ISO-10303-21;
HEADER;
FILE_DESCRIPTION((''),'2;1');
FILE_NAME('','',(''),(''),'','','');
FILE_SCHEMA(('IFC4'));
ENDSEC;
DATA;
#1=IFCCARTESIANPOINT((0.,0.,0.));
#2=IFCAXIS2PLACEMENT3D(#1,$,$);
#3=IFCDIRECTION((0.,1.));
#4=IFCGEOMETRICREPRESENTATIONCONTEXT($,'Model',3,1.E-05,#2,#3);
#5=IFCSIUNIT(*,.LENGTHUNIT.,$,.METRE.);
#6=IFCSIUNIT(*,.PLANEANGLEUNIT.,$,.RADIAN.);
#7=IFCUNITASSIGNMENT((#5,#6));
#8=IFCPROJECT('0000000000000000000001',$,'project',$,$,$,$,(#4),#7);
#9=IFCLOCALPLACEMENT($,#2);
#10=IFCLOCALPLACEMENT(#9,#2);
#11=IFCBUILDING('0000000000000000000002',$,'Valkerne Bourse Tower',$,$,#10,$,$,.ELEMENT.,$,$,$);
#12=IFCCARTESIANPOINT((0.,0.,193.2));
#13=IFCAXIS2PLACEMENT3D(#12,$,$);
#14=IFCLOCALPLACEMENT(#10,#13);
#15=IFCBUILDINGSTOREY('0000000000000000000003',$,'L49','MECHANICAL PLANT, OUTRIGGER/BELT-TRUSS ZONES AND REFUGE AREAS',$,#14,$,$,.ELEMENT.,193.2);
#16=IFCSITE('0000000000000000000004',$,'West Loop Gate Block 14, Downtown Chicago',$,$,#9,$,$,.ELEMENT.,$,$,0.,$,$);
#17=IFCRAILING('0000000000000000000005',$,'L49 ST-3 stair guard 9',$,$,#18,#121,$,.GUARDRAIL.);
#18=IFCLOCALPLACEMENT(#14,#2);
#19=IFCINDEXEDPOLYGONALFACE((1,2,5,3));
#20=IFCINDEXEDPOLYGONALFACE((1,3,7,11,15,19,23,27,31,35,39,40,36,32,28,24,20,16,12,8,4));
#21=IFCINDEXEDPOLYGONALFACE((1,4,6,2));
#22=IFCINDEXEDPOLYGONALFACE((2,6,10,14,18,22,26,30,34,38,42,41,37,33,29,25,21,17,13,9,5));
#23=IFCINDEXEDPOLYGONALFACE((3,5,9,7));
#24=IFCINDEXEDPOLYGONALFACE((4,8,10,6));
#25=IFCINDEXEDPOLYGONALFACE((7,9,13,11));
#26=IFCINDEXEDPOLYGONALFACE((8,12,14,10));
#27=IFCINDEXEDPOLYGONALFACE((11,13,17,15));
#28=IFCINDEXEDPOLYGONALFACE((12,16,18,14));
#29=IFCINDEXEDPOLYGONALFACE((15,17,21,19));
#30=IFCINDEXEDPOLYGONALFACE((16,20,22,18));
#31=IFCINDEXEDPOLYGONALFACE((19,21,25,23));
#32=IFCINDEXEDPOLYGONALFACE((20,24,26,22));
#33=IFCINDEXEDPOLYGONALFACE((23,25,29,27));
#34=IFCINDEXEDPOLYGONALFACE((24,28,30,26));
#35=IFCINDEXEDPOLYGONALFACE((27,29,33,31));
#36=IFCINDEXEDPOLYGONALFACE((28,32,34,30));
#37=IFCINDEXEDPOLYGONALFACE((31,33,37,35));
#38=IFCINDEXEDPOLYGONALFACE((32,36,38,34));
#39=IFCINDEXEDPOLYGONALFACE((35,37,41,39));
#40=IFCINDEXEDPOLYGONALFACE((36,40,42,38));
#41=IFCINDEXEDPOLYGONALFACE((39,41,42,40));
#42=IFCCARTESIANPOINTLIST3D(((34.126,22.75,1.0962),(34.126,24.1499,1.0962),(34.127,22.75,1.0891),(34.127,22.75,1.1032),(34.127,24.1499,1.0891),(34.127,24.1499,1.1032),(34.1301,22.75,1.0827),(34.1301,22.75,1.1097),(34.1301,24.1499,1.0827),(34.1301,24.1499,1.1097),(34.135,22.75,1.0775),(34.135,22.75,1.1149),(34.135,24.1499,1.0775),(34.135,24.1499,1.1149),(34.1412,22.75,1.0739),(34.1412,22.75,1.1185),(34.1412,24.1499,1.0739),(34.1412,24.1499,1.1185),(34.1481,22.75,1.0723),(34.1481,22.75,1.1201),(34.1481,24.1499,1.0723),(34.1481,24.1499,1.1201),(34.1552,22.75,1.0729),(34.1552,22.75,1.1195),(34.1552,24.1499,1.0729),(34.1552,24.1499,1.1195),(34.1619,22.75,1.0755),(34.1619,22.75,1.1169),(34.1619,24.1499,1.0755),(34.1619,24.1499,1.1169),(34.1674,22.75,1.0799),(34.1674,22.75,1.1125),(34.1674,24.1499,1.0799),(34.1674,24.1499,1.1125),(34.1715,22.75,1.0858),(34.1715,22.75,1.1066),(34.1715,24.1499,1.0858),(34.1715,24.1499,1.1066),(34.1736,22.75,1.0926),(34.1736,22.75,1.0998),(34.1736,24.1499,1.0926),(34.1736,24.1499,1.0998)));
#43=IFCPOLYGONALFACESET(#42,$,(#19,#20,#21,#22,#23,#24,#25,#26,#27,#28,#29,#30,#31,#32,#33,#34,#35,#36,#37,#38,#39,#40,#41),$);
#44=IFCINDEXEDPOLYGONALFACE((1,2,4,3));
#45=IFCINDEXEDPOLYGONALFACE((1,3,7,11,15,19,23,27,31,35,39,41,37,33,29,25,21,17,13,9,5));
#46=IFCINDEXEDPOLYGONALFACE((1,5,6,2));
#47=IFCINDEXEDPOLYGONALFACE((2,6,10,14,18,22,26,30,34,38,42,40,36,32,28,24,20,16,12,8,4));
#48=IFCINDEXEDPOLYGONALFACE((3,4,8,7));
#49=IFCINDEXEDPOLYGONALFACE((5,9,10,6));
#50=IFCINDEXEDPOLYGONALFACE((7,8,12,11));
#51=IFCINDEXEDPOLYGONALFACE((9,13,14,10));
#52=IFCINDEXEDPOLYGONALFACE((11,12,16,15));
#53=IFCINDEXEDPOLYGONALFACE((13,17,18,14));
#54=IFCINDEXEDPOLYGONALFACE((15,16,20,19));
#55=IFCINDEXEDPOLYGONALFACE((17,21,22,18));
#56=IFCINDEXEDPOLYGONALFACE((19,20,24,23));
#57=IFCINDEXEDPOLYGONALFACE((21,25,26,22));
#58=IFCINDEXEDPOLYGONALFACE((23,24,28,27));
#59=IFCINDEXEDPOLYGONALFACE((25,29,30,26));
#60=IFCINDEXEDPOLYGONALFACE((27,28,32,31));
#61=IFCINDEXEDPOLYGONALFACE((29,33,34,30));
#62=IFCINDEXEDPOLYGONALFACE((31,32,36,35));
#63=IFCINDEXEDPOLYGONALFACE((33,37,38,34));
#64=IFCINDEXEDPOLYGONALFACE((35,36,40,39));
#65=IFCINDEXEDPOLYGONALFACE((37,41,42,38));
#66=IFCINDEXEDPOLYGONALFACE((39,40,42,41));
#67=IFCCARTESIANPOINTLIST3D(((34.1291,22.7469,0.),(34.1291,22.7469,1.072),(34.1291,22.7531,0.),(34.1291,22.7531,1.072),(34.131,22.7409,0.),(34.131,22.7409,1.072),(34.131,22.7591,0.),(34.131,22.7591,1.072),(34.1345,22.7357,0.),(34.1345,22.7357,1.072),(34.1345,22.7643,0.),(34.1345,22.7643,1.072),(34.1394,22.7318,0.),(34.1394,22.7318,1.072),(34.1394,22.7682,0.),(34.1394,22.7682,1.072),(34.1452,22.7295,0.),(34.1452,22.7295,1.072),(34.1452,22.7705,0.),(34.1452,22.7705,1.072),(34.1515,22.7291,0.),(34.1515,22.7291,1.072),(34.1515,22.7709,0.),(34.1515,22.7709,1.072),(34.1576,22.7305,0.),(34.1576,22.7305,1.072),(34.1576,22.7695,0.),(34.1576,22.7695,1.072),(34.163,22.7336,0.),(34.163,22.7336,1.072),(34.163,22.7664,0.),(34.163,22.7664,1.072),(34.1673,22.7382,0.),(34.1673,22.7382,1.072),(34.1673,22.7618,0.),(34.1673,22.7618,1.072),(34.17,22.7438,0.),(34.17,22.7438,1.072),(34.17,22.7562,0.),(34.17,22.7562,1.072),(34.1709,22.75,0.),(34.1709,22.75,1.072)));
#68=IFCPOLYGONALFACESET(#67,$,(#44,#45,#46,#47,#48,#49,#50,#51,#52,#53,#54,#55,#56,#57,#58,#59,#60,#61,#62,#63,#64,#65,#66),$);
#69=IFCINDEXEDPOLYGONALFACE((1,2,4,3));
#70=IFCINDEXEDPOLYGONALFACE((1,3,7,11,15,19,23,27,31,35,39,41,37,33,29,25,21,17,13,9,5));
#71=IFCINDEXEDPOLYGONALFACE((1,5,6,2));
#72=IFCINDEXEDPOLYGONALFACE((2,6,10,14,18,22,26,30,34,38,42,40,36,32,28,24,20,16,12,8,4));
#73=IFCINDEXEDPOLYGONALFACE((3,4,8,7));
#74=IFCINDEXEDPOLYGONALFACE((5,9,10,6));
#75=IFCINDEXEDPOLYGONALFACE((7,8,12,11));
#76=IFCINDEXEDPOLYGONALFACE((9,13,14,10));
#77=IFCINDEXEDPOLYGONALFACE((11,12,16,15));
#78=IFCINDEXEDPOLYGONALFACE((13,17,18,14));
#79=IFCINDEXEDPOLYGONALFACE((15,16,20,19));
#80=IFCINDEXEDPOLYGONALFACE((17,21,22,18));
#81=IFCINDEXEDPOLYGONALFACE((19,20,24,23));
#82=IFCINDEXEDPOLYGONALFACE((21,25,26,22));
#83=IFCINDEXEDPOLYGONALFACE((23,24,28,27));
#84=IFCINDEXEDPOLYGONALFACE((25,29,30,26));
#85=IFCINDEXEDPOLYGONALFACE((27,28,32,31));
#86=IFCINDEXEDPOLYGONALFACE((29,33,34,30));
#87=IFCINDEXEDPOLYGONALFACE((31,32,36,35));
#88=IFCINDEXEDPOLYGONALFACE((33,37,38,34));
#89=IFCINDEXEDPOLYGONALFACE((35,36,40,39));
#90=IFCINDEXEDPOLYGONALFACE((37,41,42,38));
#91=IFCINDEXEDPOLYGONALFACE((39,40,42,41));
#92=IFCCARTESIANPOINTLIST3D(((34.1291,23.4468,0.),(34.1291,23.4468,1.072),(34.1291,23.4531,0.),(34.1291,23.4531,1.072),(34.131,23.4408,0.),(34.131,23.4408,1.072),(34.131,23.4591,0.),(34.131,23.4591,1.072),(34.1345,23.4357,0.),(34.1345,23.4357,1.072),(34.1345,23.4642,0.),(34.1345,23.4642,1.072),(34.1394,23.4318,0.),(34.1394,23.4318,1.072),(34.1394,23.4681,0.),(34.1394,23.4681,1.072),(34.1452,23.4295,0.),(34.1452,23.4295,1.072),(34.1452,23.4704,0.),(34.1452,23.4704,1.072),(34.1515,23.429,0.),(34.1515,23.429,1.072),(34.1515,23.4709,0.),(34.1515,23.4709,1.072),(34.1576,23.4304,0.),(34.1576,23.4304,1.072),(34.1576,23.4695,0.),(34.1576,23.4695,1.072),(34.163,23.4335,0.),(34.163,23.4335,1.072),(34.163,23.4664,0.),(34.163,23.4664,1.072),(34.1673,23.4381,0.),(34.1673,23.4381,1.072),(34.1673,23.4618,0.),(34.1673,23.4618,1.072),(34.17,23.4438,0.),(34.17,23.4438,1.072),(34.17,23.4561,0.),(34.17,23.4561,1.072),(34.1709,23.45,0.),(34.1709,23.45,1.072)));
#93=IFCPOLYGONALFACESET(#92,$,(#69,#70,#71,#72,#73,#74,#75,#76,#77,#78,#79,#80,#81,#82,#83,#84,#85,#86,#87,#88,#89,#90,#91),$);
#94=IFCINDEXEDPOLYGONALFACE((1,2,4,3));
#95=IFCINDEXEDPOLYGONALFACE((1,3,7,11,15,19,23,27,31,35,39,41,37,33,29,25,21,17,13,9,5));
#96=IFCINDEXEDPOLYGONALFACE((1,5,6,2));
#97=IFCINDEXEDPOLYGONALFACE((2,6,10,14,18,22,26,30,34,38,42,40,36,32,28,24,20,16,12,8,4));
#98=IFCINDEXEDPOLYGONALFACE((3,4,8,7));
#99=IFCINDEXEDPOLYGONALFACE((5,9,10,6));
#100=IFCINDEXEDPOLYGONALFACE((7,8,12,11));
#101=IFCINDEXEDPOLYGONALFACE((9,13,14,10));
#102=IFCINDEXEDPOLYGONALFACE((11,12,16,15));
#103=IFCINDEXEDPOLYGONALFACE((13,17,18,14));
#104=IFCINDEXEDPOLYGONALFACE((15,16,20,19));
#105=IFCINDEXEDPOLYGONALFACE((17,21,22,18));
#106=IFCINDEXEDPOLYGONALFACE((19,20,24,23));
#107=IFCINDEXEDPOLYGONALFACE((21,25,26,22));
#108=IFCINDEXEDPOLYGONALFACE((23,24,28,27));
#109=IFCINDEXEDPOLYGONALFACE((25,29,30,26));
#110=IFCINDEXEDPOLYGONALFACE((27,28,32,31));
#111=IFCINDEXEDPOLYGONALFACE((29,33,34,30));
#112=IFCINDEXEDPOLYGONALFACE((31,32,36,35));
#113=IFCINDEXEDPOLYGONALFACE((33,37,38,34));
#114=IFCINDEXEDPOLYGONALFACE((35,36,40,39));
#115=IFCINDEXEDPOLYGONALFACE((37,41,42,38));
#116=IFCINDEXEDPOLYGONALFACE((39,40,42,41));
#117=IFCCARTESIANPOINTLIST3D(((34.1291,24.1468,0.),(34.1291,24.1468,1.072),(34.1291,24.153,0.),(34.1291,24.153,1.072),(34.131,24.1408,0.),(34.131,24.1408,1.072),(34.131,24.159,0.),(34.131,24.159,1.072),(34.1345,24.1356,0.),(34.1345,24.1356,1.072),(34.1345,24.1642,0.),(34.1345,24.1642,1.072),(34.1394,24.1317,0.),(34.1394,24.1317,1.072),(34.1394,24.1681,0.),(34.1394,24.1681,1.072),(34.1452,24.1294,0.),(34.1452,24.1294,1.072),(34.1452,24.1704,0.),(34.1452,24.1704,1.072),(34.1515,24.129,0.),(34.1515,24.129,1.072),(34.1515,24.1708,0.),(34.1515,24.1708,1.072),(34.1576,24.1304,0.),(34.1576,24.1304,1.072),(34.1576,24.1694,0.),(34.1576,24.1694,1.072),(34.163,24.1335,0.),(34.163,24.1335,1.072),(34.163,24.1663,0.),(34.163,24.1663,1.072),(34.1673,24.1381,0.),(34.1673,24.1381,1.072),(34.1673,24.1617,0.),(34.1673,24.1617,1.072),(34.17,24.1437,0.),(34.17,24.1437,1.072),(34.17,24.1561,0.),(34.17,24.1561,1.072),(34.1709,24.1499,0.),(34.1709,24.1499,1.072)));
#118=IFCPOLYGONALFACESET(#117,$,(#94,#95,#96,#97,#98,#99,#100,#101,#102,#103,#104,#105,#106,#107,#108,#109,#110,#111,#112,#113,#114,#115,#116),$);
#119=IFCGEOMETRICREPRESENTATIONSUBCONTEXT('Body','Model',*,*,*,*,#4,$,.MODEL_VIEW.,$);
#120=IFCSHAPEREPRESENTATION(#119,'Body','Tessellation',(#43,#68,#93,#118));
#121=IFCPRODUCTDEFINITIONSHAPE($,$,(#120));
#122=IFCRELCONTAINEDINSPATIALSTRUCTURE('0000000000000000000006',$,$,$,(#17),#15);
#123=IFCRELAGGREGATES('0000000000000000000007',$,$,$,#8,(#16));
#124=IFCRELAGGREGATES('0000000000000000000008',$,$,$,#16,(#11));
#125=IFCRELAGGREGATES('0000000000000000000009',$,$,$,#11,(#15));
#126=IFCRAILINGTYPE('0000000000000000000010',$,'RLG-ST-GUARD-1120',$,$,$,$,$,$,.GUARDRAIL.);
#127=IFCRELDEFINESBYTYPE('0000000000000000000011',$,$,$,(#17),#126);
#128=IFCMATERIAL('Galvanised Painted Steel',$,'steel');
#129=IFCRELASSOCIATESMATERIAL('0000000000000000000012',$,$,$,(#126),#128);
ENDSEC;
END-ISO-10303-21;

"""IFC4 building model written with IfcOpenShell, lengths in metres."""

from ifc_helpers import new_model, si_unit, direction, frame, origin, origin_2d, place, context, subcontext, project, spatial, circle, extrude, material, type_object, element, save


model = new_model("IFC4")

# Units and contexts
model_context = context("Model", 3, precision=1e-05, world=origin(), true_north=direction((0.0, 1.0)))
body_context = subcontext(model_context, "Body", "Model", "MODEL_VIEW")
ifc_project = project(units=[si_unit("LENGTHUNIT", "METRE"), si_unit("PLANEANGLEUNIT", "RADIAN")], contexts=[model_context])

# Site, building, storey
site_placement = place(None, origin())
site = spatial("IfcSite", under=ifc_project, at=site_placement, Name="West Loop Gate Block 14, Downtown Chicago", CompositionType="ELEMENT", RefElevation=0.0)
building_placement = place(site_placement, origin())
building = spatial("IfcBuilding", under=site, at=building_placement, Name="Valkerne Bourse Tower", CompositionType="ELEMENT")
storey_placement = place(building_placement, frame((0.0, 0.0, 193.2)))
storey = spatial("IfcBuildingStorey", under=building, at=storey_placement, Name="L49", Description="MECHANICAL PLANT, OUTRIGGER/BELT-TRUSS ZONES AND REFUGE AREAS", CompositionType="ELEMENT", Elevation=193.2)

# Shared definitions
ifc_material_1 = material(Name="Galvanised Painted Steel", Category="steel")

# Railing
railing_type = type_object("IfcRailingType", Name="RLG-ST-GUARD-1120", PredefinedType="GUARDRAIL", material=ifc_material_1)
for number, where, name in (
    (1, (34.1499, 22.75, 0.0), "L49 ST-3 stair guard 9"),
):
    element("IfcRailing", number, at=place(storey_placement, frame(where)), inside=storey, type_object=railing_type, Name=name, PredefinedType="GUARDRAIL", context=body_context, shape_type="SweptSolid", body=[
        extrude(circle(Radius=0.0239, at=origin_2d()), frame((0.0, 0.0, 1.0962), z_axis=(0.0, 1.0, 0.0), x_axis=(-1.0, 0.0, 0.0)), (0.0, 0.0, 1.0), 1.3999),
        extrude(circle(Radius=0.021, at=origin_2d()), origin(), (0.0, 0.0, 1.0), 1.072),
        extrude(circle(Radius=0.021, at=origin_2d()), frame((0.0, 0.7, 0.0)), (0.0, 0.0, 1.0), 1.072),
        extrude(circle(Radius=0.021, at=origin_2d()), frame((0.0, 1.3999, 0.0)), (0.0, 0.0, 1.0), 1.072),
    ])

save(model, "model.ifc")
